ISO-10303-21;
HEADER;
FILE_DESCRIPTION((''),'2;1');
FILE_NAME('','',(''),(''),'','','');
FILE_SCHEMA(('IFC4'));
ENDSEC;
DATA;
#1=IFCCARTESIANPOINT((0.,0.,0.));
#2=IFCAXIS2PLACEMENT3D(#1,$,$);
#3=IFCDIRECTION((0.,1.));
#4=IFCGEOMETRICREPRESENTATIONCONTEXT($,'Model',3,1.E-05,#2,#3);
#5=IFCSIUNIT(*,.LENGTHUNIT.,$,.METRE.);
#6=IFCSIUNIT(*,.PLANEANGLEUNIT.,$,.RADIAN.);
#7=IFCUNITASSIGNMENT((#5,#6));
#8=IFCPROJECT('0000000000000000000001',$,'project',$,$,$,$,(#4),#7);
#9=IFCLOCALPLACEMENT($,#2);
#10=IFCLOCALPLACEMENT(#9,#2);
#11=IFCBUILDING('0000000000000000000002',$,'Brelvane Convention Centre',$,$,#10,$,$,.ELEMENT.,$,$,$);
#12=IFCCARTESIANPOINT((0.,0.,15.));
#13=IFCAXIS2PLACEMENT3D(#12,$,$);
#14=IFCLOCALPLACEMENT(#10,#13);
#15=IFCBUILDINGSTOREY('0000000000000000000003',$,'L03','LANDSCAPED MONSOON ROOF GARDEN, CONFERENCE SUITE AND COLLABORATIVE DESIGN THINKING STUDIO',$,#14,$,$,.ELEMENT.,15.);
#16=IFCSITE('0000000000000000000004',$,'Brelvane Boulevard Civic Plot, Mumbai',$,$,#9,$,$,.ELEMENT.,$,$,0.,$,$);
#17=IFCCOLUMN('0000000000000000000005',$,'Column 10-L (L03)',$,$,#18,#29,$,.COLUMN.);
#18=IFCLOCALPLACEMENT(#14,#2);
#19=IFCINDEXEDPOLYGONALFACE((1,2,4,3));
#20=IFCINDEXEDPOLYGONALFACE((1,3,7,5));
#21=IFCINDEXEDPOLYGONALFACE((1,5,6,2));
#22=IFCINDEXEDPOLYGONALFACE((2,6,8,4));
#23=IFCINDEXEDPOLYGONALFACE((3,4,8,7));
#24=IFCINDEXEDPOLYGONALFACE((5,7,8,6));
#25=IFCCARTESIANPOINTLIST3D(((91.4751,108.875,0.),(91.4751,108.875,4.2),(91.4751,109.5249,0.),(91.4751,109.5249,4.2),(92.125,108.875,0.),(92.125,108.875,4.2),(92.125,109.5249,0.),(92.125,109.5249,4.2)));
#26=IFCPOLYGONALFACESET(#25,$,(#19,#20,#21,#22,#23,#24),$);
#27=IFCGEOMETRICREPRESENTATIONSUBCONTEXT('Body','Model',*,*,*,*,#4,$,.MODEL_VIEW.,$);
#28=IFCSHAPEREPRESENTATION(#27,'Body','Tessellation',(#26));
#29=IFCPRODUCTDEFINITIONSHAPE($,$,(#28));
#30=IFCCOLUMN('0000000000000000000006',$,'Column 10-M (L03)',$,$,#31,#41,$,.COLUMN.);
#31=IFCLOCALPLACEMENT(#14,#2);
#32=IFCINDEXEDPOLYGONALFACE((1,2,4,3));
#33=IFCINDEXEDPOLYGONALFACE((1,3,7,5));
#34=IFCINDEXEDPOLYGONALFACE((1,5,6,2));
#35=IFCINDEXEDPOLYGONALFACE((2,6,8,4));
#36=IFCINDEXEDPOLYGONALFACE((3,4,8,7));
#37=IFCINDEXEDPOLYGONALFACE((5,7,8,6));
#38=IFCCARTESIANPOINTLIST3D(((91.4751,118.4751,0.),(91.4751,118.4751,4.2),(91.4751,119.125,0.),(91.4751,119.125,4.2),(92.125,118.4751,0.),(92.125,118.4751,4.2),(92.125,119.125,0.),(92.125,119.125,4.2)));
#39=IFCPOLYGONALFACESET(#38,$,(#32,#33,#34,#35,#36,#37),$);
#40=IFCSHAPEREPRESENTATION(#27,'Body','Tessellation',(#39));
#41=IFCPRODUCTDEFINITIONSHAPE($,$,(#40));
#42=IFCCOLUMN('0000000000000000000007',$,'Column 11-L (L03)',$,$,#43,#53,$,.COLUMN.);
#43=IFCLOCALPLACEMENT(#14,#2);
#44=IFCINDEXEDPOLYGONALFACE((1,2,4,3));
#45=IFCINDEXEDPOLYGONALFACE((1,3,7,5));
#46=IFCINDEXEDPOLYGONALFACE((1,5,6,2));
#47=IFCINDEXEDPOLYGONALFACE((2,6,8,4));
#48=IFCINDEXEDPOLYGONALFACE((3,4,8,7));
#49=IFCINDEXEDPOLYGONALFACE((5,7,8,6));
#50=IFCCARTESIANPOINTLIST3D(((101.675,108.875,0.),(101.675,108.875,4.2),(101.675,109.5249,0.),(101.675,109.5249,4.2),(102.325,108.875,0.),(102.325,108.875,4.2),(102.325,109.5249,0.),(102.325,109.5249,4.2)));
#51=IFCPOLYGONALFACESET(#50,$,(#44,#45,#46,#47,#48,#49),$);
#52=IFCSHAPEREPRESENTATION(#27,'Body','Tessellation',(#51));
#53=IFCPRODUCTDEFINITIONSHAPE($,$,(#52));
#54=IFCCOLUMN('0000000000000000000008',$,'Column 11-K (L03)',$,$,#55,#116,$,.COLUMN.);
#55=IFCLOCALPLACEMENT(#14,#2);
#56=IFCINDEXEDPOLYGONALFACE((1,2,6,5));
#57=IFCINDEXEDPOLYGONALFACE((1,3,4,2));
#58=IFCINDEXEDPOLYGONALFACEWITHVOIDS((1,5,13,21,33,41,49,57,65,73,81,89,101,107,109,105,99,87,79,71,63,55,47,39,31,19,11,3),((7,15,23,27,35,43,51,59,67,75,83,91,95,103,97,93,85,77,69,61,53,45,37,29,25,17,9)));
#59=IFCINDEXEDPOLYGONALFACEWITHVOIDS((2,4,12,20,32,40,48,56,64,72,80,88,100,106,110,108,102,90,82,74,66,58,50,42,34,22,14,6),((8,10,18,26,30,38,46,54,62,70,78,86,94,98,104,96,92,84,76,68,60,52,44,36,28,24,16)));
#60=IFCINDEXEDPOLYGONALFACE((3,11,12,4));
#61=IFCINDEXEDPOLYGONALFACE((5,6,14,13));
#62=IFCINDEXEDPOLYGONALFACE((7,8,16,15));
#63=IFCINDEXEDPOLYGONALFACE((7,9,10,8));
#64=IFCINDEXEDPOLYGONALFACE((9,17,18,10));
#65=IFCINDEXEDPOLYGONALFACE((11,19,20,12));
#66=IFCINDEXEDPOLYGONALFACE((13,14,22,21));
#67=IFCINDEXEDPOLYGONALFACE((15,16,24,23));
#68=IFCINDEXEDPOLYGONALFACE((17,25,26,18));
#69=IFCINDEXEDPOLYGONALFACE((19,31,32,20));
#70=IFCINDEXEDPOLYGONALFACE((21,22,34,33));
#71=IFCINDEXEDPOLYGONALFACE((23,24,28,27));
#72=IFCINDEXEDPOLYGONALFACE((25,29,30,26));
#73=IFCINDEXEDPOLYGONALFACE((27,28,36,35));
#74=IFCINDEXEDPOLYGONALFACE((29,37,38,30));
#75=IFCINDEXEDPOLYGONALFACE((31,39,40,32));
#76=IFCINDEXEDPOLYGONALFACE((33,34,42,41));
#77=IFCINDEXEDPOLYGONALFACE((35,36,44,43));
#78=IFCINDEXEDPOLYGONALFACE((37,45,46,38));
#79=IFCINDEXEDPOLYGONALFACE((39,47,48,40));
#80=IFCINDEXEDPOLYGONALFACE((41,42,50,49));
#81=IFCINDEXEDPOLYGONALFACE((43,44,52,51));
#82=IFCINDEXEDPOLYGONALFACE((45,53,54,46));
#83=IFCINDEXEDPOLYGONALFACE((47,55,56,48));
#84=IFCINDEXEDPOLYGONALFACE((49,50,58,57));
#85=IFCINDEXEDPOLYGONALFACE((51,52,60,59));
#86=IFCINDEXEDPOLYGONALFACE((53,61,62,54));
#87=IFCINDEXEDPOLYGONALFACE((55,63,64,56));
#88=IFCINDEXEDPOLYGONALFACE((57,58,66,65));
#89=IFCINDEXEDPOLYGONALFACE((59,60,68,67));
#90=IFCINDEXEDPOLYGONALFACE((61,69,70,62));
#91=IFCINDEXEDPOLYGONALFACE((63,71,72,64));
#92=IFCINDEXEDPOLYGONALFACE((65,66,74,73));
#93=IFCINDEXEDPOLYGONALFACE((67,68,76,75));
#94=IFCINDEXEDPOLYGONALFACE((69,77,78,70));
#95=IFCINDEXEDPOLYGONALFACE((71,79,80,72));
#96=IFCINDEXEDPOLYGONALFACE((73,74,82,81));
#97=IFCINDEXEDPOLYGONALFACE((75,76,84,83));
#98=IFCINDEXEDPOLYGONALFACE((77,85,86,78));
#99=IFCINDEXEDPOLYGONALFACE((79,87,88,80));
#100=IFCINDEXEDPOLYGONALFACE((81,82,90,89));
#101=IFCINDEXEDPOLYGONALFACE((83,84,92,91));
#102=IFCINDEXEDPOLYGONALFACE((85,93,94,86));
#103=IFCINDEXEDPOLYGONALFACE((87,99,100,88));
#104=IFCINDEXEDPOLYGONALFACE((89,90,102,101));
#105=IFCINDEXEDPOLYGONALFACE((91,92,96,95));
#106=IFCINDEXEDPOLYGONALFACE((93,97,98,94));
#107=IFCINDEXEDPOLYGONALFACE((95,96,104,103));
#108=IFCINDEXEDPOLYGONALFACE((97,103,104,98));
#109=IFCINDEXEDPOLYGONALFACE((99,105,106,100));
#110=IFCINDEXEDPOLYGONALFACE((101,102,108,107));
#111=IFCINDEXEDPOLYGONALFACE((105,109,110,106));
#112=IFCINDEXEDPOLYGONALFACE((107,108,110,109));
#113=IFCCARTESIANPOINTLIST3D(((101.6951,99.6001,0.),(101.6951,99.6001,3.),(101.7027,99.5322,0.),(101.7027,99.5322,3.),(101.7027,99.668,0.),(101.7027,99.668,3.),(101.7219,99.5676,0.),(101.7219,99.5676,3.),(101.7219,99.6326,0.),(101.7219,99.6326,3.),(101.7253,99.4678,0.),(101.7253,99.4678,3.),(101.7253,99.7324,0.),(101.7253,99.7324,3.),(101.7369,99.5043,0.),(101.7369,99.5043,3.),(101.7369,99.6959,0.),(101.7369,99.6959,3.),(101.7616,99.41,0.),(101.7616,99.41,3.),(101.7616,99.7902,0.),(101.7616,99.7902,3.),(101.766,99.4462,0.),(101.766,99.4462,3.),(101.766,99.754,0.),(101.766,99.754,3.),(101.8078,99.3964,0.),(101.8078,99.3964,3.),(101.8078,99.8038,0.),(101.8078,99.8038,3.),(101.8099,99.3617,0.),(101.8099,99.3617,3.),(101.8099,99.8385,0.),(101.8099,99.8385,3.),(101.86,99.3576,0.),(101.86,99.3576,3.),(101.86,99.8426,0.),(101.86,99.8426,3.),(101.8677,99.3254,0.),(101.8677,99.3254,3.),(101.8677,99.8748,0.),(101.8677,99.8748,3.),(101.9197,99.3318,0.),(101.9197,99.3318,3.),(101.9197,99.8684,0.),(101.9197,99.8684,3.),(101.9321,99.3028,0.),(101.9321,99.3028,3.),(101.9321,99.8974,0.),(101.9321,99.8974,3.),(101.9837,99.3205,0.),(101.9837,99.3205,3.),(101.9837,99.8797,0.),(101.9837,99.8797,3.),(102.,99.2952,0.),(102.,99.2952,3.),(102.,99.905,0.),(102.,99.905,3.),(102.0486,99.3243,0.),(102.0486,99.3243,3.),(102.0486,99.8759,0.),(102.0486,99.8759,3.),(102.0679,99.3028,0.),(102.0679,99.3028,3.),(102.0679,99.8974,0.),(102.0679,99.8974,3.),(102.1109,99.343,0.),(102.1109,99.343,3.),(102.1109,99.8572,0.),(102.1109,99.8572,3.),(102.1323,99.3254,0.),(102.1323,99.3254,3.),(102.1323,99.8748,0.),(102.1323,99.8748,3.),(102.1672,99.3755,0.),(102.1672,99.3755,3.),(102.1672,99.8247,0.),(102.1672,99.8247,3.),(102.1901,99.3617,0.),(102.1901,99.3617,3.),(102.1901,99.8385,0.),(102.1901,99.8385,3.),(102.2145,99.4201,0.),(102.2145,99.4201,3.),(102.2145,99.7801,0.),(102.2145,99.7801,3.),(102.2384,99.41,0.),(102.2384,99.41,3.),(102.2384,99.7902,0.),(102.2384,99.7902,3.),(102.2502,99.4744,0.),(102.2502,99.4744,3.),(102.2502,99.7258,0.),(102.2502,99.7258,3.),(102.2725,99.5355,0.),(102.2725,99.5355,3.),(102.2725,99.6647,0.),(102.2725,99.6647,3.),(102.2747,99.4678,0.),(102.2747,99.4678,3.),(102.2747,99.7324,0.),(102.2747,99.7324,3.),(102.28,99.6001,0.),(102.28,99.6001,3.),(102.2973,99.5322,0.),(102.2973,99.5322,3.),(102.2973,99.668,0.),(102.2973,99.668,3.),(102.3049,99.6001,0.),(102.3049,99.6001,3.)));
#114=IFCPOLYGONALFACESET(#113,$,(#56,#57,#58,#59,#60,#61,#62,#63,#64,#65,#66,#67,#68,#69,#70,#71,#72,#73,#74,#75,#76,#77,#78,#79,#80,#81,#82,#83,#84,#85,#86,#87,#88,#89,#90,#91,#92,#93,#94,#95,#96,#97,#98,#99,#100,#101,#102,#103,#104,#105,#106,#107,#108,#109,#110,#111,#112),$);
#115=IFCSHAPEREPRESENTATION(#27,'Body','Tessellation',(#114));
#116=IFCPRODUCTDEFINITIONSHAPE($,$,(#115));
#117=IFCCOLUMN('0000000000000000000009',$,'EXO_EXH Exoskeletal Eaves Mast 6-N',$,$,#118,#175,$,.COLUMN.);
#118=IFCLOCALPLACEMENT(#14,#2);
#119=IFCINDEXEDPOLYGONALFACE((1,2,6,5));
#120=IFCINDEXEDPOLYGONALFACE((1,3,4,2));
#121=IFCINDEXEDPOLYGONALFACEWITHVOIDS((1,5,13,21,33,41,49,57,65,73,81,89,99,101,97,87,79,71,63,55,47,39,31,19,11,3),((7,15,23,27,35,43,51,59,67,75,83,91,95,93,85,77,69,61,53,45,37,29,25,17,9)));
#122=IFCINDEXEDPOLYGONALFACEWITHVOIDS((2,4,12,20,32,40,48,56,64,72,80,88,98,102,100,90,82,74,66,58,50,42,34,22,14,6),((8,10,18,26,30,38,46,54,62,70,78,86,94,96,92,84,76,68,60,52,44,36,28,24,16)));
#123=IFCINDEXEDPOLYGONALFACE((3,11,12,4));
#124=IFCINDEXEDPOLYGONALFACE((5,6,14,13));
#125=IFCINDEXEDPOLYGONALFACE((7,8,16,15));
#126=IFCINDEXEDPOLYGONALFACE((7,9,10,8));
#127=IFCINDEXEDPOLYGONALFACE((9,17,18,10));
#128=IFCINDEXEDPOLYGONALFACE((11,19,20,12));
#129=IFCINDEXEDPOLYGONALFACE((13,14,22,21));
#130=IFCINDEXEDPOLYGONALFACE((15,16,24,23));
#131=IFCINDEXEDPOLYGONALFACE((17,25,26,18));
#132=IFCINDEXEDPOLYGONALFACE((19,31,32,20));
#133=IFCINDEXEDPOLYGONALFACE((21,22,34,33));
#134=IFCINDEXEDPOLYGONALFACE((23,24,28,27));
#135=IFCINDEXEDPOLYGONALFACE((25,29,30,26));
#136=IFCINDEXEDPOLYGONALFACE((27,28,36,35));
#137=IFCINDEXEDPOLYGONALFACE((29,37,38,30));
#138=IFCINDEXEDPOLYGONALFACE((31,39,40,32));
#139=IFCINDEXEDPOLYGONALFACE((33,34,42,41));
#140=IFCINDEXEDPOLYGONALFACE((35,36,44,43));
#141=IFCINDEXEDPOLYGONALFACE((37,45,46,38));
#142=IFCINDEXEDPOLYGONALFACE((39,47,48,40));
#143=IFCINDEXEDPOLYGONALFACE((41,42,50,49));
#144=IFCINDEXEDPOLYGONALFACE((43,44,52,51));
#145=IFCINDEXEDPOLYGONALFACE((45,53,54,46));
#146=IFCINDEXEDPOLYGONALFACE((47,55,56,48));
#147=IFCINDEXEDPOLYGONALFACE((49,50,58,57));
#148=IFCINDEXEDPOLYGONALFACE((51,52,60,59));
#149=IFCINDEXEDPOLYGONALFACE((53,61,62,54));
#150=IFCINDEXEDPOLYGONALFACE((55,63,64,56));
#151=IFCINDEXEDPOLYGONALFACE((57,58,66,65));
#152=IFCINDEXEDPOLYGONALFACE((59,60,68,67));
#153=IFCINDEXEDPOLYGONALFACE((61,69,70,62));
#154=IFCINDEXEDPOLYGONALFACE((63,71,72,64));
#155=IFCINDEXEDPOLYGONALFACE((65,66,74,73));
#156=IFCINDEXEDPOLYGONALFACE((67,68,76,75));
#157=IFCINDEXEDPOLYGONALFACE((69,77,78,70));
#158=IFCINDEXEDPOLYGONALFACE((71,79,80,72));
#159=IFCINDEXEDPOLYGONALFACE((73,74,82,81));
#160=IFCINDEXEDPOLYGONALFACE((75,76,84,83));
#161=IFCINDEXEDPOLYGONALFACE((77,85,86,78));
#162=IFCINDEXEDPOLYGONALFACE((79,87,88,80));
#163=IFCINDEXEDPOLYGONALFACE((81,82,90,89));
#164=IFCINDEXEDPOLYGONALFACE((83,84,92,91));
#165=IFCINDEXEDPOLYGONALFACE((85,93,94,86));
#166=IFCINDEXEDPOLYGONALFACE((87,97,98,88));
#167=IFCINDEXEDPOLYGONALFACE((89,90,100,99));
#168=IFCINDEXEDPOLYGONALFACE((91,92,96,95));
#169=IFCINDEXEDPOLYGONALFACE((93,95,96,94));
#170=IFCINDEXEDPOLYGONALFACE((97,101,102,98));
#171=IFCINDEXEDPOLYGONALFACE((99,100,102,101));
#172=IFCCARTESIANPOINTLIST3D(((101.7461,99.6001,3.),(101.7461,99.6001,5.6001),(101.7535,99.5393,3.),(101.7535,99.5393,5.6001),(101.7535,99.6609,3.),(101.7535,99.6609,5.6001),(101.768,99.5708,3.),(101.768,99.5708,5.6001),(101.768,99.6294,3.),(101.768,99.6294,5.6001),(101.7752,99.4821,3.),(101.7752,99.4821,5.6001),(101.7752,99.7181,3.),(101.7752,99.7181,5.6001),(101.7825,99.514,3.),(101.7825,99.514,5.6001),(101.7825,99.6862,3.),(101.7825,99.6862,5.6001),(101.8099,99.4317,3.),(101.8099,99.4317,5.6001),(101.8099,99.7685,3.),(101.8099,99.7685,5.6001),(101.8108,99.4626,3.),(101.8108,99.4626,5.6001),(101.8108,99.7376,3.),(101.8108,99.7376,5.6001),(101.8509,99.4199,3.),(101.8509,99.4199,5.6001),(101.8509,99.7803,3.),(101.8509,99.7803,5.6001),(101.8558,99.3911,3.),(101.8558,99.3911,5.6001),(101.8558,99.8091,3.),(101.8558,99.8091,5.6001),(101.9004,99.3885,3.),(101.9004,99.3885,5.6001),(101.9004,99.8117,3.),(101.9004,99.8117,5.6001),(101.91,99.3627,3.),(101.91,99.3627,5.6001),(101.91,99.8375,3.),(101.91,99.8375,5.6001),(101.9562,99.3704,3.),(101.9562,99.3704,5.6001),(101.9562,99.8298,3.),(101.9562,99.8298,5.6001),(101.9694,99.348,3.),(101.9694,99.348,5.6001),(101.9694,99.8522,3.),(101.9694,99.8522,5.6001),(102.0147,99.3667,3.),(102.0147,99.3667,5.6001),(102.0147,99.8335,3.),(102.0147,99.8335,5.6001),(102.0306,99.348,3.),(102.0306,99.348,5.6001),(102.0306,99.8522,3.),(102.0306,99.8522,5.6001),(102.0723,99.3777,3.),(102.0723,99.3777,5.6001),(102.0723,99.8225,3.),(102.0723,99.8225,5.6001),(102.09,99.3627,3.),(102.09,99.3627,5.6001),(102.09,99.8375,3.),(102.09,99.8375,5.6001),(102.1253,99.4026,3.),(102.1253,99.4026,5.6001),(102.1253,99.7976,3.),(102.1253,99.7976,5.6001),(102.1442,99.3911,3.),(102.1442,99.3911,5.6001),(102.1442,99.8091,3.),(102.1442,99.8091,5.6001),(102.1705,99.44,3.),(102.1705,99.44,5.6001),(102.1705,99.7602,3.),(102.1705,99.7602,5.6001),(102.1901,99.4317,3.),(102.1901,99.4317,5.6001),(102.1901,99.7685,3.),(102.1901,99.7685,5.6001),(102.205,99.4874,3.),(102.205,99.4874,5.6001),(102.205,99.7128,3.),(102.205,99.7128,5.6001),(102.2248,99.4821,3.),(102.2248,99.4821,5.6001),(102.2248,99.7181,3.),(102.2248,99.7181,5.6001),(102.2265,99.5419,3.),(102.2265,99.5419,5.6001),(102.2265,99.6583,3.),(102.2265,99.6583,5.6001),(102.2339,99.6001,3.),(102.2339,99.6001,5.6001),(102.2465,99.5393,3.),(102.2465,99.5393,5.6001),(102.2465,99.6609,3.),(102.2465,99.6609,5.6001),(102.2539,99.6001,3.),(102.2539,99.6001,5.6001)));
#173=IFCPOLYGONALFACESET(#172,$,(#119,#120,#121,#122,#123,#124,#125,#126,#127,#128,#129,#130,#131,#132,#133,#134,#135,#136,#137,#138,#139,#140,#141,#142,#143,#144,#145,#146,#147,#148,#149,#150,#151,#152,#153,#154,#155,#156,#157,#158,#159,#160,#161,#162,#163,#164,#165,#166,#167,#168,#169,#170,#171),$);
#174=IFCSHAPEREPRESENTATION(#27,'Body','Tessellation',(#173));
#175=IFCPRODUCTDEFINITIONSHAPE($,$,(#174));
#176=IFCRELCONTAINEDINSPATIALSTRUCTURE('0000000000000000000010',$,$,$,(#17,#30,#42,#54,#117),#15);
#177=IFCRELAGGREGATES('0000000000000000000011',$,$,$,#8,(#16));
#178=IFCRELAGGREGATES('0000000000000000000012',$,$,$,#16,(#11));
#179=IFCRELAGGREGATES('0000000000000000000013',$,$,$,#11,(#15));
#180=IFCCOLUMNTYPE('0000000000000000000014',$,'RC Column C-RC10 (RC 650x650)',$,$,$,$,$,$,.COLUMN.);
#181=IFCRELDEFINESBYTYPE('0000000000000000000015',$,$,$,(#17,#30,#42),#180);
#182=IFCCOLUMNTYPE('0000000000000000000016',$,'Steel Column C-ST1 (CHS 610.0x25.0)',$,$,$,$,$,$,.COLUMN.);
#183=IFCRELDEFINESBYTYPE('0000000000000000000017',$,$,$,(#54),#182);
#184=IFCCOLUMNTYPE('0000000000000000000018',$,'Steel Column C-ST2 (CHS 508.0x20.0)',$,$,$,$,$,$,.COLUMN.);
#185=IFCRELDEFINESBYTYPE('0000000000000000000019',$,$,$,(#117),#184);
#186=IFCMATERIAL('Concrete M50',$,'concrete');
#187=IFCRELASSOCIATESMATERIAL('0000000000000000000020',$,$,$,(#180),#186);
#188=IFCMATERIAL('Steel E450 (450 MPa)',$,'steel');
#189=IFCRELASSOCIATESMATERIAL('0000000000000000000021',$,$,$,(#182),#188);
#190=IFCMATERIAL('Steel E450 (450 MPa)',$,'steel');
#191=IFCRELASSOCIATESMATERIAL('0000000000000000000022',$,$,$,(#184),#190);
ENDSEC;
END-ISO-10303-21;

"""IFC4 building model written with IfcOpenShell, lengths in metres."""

from ifc_helpers import new_model, si_unit, direction, frame, origin, origin_2d, place, context, subcontext, project, spatial, rectangle, hollow_circle, extrude, material, material_profile, profile_set, type_object, element, save


model = new_model("IFC4")

# Units and contexts
model_context = context("Model", 3, precision=1e-05, world=origin(), true_north=direction((0.0, 1.0)))
body_context = subcontext(model_context, "Body", "Model", "MODEL_VIEW")
ifc_project = project(units=[si_unit("LENGTHUNIT", "METRE"), si_unit("PLANEANGLEUNIT", "RADIAN")], contexts=[model_context])

# Site, building, storey
site_placement = place(None, origin())
site = spatial("IfcSite", under=ifc_project, at=site_placement, Name="Brelvane Boulevard Civic Plot, Mumbai", CompositionType="ELEMENT", RefElevation=0.0)
building_placement = place(site_placement, origin())
building = spatial("IfcBuilding", under=site, at=building_placement, Name="Brelvane Convention Centre", CompositionType="ELEMENT")
storey_placement = place(building_placement, frame((0.0, 0.0, 15.0)))
storey = spatial("IfcBuildingStorey", under=building, at=storey_placement, Name="L03", Description="LANDSCAPED MONSOON ROOF GARDEN, CONFERENCE SUITE AND COLLABORATIVE DESIGN THINKING STUDIO", CompositionType="ELEMENT", Elevation=15.0)

# Columns
ifc_material_1 = material(Name="Concrete M50", Category="concrete")
ifc_material_profile_1 = material_profile(ifc_material_1, rectangle(XDim=0.6499, YDim=0.6499, at=origin_2d()), Name="RC 650x650")
ifc_profile_set_1 = profile_set([ifc_material_profile_1], Name="Concrete M50")
column_type_1 = type_object("IfcColumnType", Name="RC Column C-RC10 (RC 650x650)", PredefinedType="COLUMN", material=ifc_profile_set_1)
for number, where, z_axis, x_axis, name in (
    (1, (91.8, 109.2, 0.0), (0.0, 0.0, 1.0), (1.0, 0.0, 0.0), "Column 10-L (L03)"),
    (2, (91.8, 118.8, 0.0), (0.0, 0.0, 1.0), (1.0, 0.0, 0.0), "Column 10-M (L03)"),
    (3, (102.0, 109.2, 0.0), (0.0, 0.0, 1.0), (1.0, 0.0, 0.0), "Column 11-L (L03)"),
):
    element("IfcColumn", number, at=place(storey_placement, frame(where, z_axis=z_axis, x_axis=x_axis)), inside=storey, type_object=column_type_1, Name=name, PredefinedType="COLUMN", context=body_context, shape_type="SweptSolid", body=[
        extrude(rectangle(XDim=0.6499, YDim=0.6499, at=origin_2d()), origin(), (0.0, 0.0, 1.0), 4.2),
    ])
ifc_material_2 = material(Name="Steel E450 (450 MPa)", Category="steel")
ifc_material_profile_2 = material_profile(ifc_material_2, hollow_circle(Radius=0.3049, WallThickness=0.0249, at=origin_2d()), Name="CHS 610.0x25.0")
ifc_profile_set_2 = profile_set([ifc_material_profile_2], Name="Steel E450 (450 MPa)")
column_type_2 = type_object("IfcColumnType", Name="Steel Column C-ST1 (CHS 610.0x25.0)", PredefinedType="COLUMN", material=ifc_profile_set_2)
column_1_placement = place(storey_placement, frame((102.0, 99.6001, 0.0), z_axis=(0.0, 0.0, 1.0), x_axis=(1.0, 0.0, 0.0)))
element("IfcColumn", 4, at=column_1_placement, inside=storey, type_object=column_type_2, Name="Column 11-K (L03)", PredefinedType="COLUMN", context=body_context, shape_type="SweptSolid", body=[
    extrude(hollow_circle(Radius=0.3049, WallThickness=0.0249, at=origin_2d()), origin(), (0.0, 0.0, 1.0), 3.0),
])
ifc_material_3 = material(Name="Steel E450 (450 MPa)", Category="steel")
ifc_material_profile_3 = material_profile(ifc_material_3, hollow_circle(Radius=0.2539, WallThickness=0.02, at=origin_2d()), Name="CHS 508.0x20.0")
ifc_profile_set_3 = profile_set([ifc_material_profile_3], Name="Steel E450 (450 MPa)")
column_type_3 = type_object("IfcColumnType", Name="Steel Column C-ST2 (CHS 508.0x20.0)", PredefinedType="COLUMN", material=ifc_profile_set_3)
column_2_placement = place(storey_placement, frame((102.0, 99.6001, 3.0), z_axis=(0.0, 0.0, 1.0), x_axis=(1.0, 0.0, 0.0)))
element("IfcColumn", 5, at=column_2_placement, inside=storey, type_object=column_type_3, Name="EXO_EXH Exoskeletal Eaves Mast 6-N", PredefinedType="COLUMN", context=body_context, shape_type="SweptSolid", body=[
    extrude(hollow_circle(Radius=0.2539, WallThickness=0.02, at=origin_2d()), origin(), (0.0, 0.0, 1.0), 2.6001),
])

save(model, "model.ifc")
